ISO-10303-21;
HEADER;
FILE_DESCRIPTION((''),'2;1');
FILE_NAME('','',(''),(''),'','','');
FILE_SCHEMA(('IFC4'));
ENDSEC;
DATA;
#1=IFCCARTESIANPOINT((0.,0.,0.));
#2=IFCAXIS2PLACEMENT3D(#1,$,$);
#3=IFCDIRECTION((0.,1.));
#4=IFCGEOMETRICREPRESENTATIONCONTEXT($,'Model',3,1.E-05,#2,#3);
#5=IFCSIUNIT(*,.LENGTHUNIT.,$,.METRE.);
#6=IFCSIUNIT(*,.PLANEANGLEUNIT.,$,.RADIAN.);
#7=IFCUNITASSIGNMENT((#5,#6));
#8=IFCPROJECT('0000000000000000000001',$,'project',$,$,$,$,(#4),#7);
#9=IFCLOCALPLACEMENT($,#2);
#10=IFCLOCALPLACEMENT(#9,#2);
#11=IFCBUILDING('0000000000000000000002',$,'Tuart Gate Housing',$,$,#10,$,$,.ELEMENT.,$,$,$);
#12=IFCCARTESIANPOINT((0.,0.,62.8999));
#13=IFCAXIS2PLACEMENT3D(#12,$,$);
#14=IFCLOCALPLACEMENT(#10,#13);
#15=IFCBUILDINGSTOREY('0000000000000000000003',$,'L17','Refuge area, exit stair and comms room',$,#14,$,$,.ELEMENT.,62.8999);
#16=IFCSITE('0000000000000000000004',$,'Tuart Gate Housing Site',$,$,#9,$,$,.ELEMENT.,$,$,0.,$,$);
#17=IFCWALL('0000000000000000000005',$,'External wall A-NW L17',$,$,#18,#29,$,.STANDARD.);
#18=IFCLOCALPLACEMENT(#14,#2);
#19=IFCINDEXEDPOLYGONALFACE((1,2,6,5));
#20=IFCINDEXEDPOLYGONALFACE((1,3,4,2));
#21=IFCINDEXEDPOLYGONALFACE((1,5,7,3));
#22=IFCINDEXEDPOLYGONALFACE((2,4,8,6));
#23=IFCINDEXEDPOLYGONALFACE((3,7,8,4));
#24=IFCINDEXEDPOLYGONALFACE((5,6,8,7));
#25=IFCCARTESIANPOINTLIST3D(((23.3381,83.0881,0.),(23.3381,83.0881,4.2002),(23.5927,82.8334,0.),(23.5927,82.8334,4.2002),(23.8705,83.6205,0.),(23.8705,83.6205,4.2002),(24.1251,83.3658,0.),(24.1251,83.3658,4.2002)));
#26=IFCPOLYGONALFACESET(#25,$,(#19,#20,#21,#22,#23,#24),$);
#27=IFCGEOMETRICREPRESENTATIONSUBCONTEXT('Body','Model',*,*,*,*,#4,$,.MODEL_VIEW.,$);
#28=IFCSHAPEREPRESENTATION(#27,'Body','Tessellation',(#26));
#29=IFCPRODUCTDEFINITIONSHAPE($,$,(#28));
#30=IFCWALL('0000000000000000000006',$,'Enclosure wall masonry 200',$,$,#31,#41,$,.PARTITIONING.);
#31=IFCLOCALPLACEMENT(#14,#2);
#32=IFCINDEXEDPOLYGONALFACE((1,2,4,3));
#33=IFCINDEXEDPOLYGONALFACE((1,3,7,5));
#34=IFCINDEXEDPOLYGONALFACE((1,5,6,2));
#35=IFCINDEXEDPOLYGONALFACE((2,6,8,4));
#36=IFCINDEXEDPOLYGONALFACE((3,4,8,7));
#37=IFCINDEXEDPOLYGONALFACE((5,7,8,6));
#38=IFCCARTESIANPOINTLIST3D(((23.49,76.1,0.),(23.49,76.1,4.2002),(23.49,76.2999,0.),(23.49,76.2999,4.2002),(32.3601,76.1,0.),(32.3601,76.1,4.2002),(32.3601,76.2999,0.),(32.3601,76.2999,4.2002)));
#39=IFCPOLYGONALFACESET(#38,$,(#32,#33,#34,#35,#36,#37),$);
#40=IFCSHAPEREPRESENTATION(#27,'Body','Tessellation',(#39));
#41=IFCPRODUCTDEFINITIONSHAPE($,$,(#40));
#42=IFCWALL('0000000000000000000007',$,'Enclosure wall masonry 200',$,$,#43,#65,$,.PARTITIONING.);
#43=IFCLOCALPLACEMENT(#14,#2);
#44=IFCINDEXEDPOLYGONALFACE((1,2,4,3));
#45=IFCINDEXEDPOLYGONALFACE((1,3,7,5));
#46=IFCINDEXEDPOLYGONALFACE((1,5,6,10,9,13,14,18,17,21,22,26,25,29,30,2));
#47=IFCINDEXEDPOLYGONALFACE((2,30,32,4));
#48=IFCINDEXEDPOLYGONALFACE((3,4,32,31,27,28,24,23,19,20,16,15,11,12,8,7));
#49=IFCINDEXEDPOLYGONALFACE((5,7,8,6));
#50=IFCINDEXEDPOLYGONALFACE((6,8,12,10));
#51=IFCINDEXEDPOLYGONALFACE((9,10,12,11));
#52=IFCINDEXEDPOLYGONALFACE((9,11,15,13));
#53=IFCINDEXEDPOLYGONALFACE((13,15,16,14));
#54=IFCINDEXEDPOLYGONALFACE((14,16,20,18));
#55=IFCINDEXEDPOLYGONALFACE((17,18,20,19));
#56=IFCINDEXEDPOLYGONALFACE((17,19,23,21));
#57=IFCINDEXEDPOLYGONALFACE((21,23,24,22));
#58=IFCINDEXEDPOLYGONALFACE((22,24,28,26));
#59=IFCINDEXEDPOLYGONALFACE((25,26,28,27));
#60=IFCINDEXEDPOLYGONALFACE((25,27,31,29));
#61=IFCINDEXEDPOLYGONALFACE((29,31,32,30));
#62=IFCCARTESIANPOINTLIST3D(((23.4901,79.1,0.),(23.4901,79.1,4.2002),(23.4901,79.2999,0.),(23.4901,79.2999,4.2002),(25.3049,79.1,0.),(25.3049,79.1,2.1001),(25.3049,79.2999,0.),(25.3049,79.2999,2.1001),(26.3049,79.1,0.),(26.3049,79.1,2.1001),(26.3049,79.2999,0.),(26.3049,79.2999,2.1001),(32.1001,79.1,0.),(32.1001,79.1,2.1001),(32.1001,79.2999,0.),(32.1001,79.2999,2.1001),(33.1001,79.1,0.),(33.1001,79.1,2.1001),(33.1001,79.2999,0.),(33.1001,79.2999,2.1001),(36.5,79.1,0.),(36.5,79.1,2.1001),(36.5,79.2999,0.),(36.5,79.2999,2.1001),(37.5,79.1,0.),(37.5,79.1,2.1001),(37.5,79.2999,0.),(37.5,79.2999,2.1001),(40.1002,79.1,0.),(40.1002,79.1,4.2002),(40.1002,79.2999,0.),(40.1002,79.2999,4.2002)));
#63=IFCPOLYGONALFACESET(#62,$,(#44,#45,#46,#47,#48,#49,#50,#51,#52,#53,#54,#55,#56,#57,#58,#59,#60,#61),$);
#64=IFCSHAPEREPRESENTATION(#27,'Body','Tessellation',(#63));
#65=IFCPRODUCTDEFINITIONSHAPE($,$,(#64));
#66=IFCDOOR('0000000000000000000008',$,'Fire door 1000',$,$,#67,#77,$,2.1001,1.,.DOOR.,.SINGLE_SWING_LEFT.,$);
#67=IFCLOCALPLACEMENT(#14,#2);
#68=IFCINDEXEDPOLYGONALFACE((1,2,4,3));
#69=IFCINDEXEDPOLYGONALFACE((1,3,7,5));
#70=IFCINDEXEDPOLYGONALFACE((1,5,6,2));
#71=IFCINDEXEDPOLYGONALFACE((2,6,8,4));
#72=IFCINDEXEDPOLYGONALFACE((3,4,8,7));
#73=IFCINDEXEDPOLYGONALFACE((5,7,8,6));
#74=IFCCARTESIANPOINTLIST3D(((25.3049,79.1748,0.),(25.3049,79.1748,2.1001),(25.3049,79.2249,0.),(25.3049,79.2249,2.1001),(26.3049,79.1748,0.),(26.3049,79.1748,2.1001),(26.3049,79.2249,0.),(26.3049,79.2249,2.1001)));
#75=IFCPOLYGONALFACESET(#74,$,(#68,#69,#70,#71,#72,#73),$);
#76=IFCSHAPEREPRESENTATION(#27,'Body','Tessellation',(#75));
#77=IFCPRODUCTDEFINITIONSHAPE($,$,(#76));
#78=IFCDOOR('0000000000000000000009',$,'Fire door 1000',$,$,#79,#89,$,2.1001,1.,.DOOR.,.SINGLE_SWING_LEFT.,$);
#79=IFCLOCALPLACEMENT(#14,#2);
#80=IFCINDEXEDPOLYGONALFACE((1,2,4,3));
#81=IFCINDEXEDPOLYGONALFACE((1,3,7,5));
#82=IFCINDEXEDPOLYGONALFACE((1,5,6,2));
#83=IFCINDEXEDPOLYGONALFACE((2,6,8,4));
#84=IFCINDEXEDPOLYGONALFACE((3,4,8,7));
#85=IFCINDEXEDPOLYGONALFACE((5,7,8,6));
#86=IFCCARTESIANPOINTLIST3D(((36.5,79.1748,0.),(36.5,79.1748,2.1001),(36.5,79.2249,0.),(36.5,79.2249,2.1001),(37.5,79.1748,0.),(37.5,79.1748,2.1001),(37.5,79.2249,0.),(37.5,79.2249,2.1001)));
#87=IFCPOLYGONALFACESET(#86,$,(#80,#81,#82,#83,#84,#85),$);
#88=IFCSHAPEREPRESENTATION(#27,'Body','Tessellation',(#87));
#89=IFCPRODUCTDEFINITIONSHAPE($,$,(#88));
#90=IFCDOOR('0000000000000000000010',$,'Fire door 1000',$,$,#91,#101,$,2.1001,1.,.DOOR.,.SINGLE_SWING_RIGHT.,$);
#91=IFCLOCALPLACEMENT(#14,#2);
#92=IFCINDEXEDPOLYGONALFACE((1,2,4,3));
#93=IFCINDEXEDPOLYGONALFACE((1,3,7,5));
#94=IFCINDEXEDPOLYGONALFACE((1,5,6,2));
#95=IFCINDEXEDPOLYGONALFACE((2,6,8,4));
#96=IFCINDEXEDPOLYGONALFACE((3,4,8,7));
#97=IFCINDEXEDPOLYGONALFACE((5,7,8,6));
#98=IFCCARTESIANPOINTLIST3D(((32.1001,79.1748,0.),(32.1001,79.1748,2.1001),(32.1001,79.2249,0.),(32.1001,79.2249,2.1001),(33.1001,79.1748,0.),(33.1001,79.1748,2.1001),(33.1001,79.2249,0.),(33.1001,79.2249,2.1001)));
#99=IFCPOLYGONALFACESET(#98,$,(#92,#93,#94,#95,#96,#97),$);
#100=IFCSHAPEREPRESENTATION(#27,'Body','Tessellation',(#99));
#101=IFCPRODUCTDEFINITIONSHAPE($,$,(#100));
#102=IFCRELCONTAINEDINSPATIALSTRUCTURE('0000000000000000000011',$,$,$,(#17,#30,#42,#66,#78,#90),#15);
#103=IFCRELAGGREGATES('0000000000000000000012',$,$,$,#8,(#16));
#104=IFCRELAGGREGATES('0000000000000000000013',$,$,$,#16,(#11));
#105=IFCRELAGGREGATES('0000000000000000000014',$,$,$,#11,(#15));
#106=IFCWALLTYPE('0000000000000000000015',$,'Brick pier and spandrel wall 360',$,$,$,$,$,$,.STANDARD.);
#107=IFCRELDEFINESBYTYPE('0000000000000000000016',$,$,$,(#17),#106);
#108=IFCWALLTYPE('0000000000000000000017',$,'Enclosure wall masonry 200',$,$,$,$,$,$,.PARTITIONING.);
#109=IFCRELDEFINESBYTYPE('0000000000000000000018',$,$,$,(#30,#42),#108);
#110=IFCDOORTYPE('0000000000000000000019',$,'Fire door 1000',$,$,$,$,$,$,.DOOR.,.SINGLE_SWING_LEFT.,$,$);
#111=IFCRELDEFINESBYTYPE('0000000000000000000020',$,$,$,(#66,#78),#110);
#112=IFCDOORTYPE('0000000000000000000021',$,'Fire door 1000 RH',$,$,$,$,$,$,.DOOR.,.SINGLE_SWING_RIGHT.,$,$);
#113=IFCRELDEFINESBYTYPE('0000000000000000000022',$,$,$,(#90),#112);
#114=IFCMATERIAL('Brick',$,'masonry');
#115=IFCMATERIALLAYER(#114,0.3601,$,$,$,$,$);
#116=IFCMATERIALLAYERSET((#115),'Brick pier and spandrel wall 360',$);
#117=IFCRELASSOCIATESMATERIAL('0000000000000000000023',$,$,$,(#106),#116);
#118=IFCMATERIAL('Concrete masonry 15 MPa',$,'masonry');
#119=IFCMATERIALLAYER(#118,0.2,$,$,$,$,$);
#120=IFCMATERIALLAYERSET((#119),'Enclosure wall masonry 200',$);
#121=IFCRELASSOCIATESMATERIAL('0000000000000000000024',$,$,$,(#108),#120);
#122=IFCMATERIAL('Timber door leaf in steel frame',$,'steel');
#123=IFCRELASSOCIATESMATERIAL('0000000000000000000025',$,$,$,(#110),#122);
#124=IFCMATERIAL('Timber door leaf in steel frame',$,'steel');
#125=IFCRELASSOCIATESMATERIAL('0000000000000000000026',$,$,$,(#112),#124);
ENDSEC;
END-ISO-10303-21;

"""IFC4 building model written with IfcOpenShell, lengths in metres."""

from ifc_helpers import new_model, si_unit, direction, frame, frame_2d, origin, place, context, subcontext, project, spatial, rectangle, extrude, material, layer, layer_set, type_object, element, fill, save


model = new_model("IFC4")

# Units and contexts
model_context = context("Model", 3, precision=1e-05, world=origin(), true_north=direction((0.0, 1.0)))
body_context = subcontext(model_context, "Body", "Model", "MODEL_VIEW")
ifc_project = project(units=[si_unit("LENGTHUNIT", "METRE"), si_unit("PLANEANGLEUNIT", "RADIAN")], contexts=[model_context])

# Site, building, storey
site_placement = place(None, origin())
site = spatial("IfcSite", under=ifc_project, at=site_placement, Name="Tuart Gate Housing Site", CompositionType="ELEMENT", RefElevation=0.0)
building_placement = place(site_placement, origin())
building = spatial("IfcBuilding", under=site, at=building_placement, Name="Tuart Gate Housing", CompositionType="ELEMENT")
storey_placement = place(building_placement, frame((0.0, 0.0, 62.8999)))
storey = spatial("IfcBuildingStorey", under=building, at=storey_placement, Name="L17", Description="Refuge area, exit stair and comms room", CompositionType="ELEMENT", Elevation=62.8999)

# Wall
ifc_material_1 = material(Name="Brick", Category="masonry")
ifc_layer_1 = layer(ifc_material_1, 0.3601)
ifc_layer_set_1 = layer_set([ifc_layer_1], Name="Brick pier and spandrel wall 360")
wall_type_1 = type_object("IfcWallType", Name="Brick pier and spandrel wall 360", PredefinedType="STANDARD", material=ifc_layer_set_1)
wall_1_placement = place(storey_placement, frame((23.9978, 83.4932, 0.0), z_axis=(0.0, 0.0, 1.0), x_axis=(-0.707107, -0.707107, 0.0)))
element("IfcWall", 1, at=wall_1_placement, inside=storey, type_object=wall_type_1, Name="External wall A-NW L17", PredefinedType="STANDARD", context=body_context, shape_type="SweptSolid", body=[
    extrude(rectangle(XDim=0.7529, YDim=0.3601, at=frame_2d((0.3765, 0.0))), origin(), (0.0, 0.0, 1.0), 4.2002),
])

# Wall
ifc_material_2 = material(Name="Concrete masonry 15 MPa", Category="masonry")
ifc_layer_2 = layer(ifc_material_2, 0.2)
ifc_layer_set_2 = layer_set([ifc_layer_2], Name="Enclosure wall masonry 200")
wall_type_2 = type_object("IfcWallType", Name="Enclosure wall masonry 200", PredefinedType="PARTITIONING", material=ifc_layer_set_2)
wall_2_placement = place(storey_placement, frame((23.49, 76.2, 0.0), z_axis=(0.0, 0.0, 1.0), x_axis=(1.0, 0.0, 0.0)))
element("IfcWall", 2, at=wall_2_placement, inside=storey, type_object=wall_type_2, Name="Enclosure wall masonry 200", PredefinedType="PARTITIONING", context=body_context, shape_type="SweptSolid", body=[
    extrude(rectangle(XDim=8.8701, YDim=0.2, at=frame_2d((4.4351, 0.0))), origin(), (0.0, 0.0, 1.0), 4.2002),
])

# Wall, openings, doors
wall_3_placement = place(storey_placement, frame((23.49, 79.2, 0.0), z_axis=(0.0, 0.0, 1.0), x_axis=(1.0, 0.0, 0.0)))
wall_3 = element("IfcWall", 3, at=wall_3_placement, inside=storey, type_object=wall_type_2, Name="Enclosure wall masonry 200", PredefinedType="PARTITIONING", context=body_context, shape_type="SweptSolid", body=[
    extrude(rectangle(XDim=16.6101, YDim=0.2, at=frame_2d((8.3052, 0.0))), origin(), (0.0, 0.0, 1.0), 4.2002),
])
opening_1_placement = place(wall_3_placement, frame((1.8149, 0.0, 0.0)))
opening_1 = element("IfcOpeningElement", 4, at=opening_1_placement, cuts=wall_3, PredefinedType="OPENING", context=body_context, shape_type="SweptSolid", body=[
    extrude(rectangle(XDim=1.0, YDim=2.1001, at=frame_2d((0.5, 1.05))), frame((0.0, 0.1099, 0.0), z_axis=(0.0, -1.0, 0.0), x_axis=(1.0, 0.0, 0.0)), (0.0, 0.0, 1.0), 0.22),
])
opening_2_placement = place(wall_3_placement, frame((8.6101, 0.0, 0.0)))
opening_2 = element("IfcOpeningElement", 5, at=opening_2_placement, cuts=wall_3, PredefinedType="OPENING", context=body_context, shape_type="SweptSolid", body=[
    extrude(rectangle(XDim=1.0, YDim=2.1001, at=frame_2d((0.5, 1.05))), frame((0.0, 0.1099, 0.0), z_axis=(0.0, -1.0, 0.0), x_axis=(1.0, 0.0, 0.0)), (0.0, 0.0, 1.0), 0.22),
])
opening_3_placement = place(wall_3_placement, frame((13.01, 0.0, 0.0)))
opening_3 = element("IfcOpeningElement", 6, at=opening_3_placement, cuts=wall_3, PredefinedType="OPENING", context=body_context, shape_type="SweptSolid", body=[
    extrude(rectangle(XDim=1.0, YDim=2.1001, at=frame_2d((0.5, 1.05))), frame((0.0, 0.1099, 0.0), z_axis=(0.0, -1.0, 0.0), x_axis=(1.0, 0.0, 0.0)), (0.0, 0.0, 1.0), 0.22),
])
ifc_material_3 = material(Name="Timber door leaf in steel frame", Category="steel")
door_type_1 = type_object("IfcDoorType", Name="Fire door 1000", OperationType="SINGLE_SWING_LEFT", PredefinedType="DOOR", material=ifc_material_3)
door_1_placement = place(opening_1_placement, origin())
door_1 = element("IfcDoor", 7, at=door_1_placement, inside=storey, type_object=door_type_1, Name="Fire door 1000", OperationType="SINGLE_SWING_LEFT", OverallHeight=2.1001, OverallWidth=1.0, PredefinedType="DOOR", context=body_context, shape_type="SweptSolid", body=[
    extrude(rectangle(XDim=1.0, YDim=2.1001, at=frame_2d((0.5, 1.05))), frame((0.0, 0.0249, 0.0), z_axis=(0.0, -1.0, 0.0), x_axis=(1.0, 0.0, 0.0)), (0.0, 0.0, 1.0), 0.05),
])
fill(opening_1, door_1)
door_2_placement = place(opening_3_placement, origin())
door_2 = element("IfcDoor", 8, at=door_2_placement, inside=storey, type_object=door_type_1, Name="Fire door 1000", OperationType="SINGLE_SWING_LEFT", OverallHeight=2.1001, OverallWidth=1.0, PredefinedType="DOOR", context=body_context, shape_type="SweptSolid", body=[
    extrude(rectangle(XDim=1.0, YDim=2.1001, at=frame_2d((0.5, 1.05))), frame((0.0, 0.0249, 0.0), z_axis=(0.0, -1.0, 0.0), x_axis=(1.0, 0.0, 0.0)), (0.0, 0.0, 1.0), 0.05),
])
fill(opening_3, door_2)
ifc_material_4 = material(Name="Timber door leaf in steel frame", Category="steel")
door_type_2 = type_object("IfcDoorType", Name="Fire door 1000 RH", OperationType="SINGLE_SWING_RIGHT", PredefinedType="DOOR", material=ifc_material_4)
door_3_placement = place(opening_2_placement, origin())
door_3 = element("IfcDoor", 9, at=door_3_placement, inside=storey, type_object=door_type_2, Name="Fire door 1000", OperationType="SINGLE_SWING_RIGHT", OverallHeight=2.1001, OverallWidth=1.0, PredefinedType="DOOR", context=body_context, shape_type="SweptSolid", body=[
    extrude(rectangle(XDim=1.0, YDim=2.1001, at=frame_2d((0.5, 1.05))), frame((0.0, 0.0249, 0.0), z_axis=(0.0, -1.0, 0.0), x_axis=(1.0, 0.0, 0.0)), (0.0, 0.0, 1.0), 0.05),
])
fill(opening_2, door_3)

save(model, "model.ifc")
